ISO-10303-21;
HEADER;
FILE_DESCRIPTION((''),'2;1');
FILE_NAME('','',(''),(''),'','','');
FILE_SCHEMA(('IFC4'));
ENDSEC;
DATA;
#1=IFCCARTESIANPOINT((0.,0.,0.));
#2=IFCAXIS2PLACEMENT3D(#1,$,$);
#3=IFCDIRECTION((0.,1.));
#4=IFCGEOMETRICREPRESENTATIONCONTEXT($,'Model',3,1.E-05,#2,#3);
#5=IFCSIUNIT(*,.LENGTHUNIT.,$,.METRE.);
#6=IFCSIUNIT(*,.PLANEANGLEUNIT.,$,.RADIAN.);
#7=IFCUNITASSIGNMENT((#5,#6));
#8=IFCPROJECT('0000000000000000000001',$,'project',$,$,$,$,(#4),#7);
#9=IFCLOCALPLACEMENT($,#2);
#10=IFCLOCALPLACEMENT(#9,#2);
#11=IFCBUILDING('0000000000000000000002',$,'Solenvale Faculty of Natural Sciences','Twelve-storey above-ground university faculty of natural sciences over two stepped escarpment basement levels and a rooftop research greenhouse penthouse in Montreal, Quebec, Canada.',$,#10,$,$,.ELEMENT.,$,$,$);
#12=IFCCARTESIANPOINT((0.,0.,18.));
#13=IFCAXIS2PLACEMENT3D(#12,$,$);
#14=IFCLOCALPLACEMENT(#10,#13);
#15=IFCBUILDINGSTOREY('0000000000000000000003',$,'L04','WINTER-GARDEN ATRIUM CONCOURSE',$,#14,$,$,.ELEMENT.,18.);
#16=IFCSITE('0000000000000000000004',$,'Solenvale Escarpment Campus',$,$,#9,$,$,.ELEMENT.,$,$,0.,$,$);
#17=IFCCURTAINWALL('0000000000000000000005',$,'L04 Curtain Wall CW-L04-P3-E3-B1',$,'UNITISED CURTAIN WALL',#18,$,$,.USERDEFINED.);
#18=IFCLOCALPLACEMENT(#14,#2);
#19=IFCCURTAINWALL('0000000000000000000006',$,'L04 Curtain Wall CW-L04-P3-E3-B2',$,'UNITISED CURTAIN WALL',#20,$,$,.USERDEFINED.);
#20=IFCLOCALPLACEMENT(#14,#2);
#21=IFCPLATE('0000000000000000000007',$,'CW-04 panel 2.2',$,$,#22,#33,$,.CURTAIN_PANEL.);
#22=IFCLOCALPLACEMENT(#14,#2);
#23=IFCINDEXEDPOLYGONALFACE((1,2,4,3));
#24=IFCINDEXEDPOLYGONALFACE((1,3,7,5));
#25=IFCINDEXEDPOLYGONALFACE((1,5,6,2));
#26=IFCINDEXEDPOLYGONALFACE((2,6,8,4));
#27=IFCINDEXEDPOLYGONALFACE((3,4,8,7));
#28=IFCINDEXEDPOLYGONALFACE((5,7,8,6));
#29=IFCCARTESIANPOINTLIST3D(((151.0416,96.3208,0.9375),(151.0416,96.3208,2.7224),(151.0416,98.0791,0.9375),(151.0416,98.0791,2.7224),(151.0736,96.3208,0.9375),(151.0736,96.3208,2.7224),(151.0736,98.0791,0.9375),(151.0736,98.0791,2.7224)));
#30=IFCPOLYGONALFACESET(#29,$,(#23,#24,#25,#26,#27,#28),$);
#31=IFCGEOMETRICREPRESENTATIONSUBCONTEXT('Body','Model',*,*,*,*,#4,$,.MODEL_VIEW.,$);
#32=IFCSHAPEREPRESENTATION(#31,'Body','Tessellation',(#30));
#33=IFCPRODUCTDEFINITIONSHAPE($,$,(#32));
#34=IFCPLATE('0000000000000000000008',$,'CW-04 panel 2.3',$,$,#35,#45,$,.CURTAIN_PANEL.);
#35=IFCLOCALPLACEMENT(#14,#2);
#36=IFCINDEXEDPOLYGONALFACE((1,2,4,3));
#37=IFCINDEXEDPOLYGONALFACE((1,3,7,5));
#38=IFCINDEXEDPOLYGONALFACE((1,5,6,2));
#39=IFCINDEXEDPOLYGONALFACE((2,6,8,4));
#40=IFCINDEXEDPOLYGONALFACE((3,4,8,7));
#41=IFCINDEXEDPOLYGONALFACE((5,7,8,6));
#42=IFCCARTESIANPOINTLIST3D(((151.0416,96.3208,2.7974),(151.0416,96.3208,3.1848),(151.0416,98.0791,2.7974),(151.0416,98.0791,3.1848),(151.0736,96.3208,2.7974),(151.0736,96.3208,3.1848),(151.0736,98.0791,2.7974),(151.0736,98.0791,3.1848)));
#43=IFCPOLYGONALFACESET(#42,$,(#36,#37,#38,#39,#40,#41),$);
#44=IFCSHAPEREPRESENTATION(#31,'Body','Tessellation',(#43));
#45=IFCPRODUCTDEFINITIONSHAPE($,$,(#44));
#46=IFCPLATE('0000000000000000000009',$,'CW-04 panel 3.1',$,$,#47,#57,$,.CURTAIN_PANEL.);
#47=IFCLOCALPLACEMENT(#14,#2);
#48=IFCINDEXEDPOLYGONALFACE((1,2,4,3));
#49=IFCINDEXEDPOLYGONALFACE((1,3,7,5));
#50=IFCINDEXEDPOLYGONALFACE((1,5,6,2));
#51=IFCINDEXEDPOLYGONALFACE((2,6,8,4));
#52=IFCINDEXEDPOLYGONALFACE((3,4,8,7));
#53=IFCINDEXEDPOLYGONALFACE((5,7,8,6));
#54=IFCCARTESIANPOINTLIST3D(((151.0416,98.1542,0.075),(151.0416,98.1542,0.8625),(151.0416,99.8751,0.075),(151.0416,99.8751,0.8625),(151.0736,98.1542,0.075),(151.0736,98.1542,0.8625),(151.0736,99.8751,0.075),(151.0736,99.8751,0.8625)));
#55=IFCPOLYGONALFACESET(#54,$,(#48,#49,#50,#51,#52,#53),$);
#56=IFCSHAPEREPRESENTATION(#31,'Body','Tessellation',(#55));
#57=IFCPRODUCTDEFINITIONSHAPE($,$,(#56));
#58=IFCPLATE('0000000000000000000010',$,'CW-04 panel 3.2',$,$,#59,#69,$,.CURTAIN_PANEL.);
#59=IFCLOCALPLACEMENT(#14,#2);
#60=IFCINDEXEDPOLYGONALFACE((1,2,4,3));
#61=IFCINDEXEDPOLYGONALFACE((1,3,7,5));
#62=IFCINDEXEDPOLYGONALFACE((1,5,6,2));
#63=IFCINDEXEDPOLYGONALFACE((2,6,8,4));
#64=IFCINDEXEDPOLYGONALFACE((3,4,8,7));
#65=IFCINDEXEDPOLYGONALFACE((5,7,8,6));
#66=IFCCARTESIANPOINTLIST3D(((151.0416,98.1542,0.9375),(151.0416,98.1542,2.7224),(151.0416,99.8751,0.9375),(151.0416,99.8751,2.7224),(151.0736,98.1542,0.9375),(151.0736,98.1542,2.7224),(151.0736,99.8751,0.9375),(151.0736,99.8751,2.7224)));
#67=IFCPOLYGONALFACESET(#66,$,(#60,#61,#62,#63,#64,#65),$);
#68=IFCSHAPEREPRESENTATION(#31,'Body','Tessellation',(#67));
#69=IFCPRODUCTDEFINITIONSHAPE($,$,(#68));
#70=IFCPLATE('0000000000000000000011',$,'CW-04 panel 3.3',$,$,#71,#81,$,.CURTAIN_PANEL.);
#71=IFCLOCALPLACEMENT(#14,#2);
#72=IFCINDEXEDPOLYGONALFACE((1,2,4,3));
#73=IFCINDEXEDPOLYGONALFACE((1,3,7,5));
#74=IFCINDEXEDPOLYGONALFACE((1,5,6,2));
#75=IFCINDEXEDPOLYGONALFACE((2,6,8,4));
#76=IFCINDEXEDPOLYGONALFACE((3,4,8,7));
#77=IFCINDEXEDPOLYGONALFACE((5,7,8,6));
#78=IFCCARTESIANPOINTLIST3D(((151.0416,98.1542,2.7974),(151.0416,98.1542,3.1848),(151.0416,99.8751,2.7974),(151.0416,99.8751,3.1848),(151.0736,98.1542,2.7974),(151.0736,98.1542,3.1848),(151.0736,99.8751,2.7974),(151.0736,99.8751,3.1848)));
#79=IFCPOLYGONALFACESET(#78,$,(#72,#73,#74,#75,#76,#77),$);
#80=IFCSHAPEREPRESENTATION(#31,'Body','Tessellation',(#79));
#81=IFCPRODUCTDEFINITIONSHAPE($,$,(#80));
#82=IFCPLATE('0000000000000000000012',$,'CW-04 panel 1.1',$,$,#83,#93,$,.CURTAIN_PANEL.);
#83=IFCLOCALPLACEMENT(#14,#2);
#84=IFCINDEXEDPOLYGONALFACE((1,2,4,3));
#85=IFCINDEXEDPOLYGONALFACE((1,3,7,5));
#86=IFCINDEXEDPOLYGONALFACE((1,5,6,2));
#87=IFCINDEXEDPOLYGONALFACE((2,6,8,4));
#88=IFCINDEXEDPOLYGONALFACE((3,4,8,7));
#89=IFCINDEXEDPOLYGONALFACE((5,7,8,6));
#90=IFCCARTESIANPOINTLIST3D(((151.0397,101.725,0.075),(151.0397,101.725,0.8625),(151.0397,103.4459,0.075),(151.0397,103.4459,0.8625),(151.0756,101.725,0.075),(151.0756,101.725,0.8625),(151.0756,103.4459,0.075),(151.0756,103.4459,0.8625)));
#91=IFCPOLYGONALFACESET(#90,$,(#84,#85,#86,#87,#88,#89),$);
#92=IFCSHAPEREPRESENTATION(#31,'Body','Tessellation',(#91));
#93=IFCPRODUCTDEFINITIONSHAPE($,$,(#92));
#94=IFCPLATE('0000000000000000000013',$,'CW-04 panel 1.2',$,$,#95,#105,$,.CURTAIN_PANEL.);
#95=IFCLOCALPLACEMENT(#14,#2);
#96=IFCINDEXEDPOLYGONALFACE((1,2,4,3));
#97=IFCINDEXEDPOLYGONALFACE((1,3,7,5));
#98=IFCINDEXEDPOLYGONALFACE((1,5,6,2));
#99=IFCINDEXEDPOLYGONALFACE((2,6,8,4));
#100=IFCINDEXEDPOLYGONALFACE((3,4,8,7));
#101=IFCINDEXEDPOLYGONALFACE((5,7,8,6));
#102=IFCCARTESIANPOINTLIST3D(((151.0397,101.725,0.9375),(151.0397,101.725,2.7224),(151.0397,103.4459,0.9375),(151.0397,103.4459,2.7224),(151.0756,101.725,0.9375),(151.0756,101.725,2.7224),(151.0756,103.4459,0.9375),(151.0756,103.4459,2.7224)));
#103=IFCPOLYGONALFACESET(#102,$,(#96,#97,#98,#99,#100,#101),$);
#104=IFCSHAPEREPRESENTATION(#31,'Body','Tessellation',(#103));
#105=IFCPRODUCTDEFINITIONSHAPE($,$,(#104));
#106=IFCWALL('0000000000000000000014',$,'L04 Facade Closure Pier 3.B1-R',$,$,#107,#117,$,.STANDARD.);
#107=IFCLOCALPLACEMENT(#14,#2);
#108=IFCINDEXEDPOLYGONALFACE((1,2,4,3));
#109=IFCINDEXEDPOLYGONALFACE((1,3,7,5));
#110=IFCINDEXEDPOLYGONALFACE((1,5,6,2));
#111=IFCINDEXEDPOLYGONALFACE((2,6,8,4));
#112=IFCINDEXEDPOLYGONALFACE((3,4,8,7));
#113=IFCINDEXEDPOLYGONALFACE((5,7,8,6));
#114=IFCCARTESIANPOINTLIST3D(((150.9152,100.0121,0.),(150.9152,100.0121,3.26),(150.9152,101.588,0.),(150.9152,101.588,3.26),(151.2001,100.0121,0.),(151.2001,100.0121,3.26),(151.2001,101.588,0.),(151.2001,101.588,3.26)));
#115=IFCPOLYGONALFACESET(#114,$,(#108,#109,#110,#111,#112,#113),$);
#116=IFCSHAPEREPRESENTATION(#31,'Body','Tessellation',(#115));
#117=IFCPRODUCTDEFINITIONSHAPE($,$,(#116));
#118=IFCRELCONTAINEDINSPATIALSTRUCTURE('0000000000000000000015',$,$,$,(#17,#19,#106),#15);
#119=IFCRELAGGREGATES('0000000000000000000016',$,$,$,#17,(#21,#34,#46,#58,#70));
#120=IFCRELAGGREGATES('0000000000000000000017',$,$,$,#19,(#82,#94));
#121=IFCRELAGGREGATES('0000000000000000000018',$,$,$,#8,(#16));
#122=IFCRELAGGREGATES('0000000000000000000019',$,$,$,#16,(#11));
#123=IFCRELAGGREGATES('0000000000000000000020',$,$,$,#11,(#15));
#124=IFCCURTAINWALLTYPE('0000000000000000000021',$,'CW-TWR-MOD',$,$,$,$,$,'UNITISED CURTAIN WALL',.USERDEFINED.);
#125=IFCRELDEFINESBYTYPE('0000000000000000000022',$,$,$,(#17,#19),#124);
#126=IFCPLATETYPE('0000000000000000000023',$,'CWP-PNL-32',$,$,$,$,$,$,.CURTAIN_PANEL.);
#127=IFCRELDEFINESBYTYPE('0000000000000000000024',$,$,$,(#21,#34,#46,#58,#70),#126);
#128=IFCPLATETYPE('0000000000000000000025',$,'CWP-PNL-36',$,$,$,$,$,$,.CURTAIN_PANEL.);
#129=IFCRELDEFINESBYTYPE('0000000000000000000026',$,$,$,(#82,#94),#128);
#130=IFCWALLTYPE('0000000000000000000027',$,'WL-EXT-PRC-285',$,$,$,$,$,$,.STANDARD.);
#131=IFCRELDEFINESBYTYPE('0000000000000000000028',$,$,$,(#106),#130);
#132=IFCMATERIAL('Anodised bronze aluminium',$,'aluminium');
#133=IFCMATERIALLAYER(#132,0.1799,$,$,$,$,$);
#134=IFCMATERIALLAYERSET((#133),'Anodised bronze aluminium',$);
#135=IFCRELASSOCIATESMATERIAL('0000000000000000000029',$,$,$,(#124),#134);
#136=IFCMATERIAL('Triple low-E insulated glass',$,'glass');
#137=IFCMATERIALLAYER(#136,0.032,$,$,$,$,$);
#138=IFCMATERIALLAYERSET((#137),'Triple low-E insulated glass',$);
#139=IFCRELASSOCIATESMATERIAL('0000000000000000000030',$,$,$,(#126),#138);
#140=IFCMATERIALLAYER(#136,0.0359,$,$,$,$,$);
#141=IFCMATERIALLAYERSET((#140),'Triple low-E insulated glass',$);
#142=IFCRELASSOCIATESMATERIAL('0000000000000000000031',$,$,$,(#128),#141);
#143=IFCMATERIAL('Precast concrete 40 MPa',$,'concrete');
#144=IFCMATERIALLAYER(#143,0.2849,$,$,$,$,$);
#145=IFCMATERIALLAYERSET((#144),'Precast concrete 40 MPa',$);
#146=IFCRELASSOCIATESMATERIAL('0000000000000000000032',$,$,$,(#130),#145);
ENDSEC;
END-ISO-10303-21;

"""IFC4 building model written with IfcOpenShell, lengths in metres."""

from ifc_helpers import new_model, si_unit, direction, frame, frame_2d, origin, origin_2d, place, context, subcontext, project, spatial, rectangle, extrude, material, layer, layer_set, type_object, element, aggregate, save


model = new_model("IFC4")

# Units and contexts
model_context = context("Model", 3, precision=1e-05, world=origin(), true_north=direction((0.0, 1.0)))
body_context = subcontext(model_context, "Body", "Model", "MODEL_VIEW")
ifc_project = project(units=[si_unit("LENGTHUNIT", "METRE"), si_unit("PLANEANGLEUNIT", "RADIAN")], contexts=[model_context])

# Site, building, storey
site_placement = place(None, origin())
site = spatial("IfcSite", under=ifc_project, at=site_placement, Name="Solenvale Escarpment Campus", CompositionType="ELEMENT", RefElevation=0.0)
building_placement = place(site_placement, origin())
building = spatial("IfcBuilding", under=site, at=building_placement, Name="Solenvale Faculty of Natural Sciences", Description="Twelve-storey above-ground university faculty of natural sciences over two stepped escarpment basement levels and a rooftop research greenhouse penthouse in Montreal, Quebec, Canada.", CompositionType="ELEMENT")
storey_placement = place(building_placement, frame((0.0, 0.0, 18.0)))
storey = spatial("IfcBuildingStorey", under=building, at=storey_placement, Name="L04", Description="WINTER-GARDEN ATRIUM CONCOURSE", CompositionType="ELEMENT", Elevation=18.0)

# Curtain wall
ifc_material_1 = material(Name="Anodised bronze aluminium", Category="aluminium")
ifc_layer_1 = layer(ifc_material_1, 0.1799)
ifc_layer_set_1 = layer_set([ifc_layer_1], Name="Anodised bronze aluminium")
curtain_wall_type = type_object("IfcCurtainWallType", Name="CW-TWR-MOD", ElementType="UNITISED CURTAIN WALL", PredefinedType="USERDEFINED", material=ifc_layer_set_1)
curtain_wall_1_placement = place(storey_placement, origin())
curtain_wall_1 = element("IfcCurtainWall", 1, at=curtain_wall_1_placement, inside=storey, type_object=curtain_wall_type, Name="L04 Curtain Wall CW-L04-P3-E3-B1", ObjectType="UNITISED CURTAIN WALL", PredefinedType="USERDEFINED")

# Curtain wall
curtain_wall_2_placement = place(storey_placement, origin())
curtain_wall_2 = element("IfcCurtainWall", 2, at=curtain_wall_2_placement, inside=storey, type_object=curtain_wall_type, Name="L04 Curtain Wall CW-L04-P3-E3-B2", ObjectType="UNITISED CURTAIN WALL", PredefinedType="USERDEFINED")

# Plates
ifc_material_2 = material(Name="Triple low-E insulated glass", Category="glass")
ifc_layer_2 = layer(ifc_material_2, 0.032)
ifc_layer_set_2 = layer_set([ifc_layer_2], Name="Triple low-E insulated glass")
plate_type_1 = type_object("IfcPlateType", Name="CWP-PNL-32", PredefinedType="CURTAIN_PANEL", material=ifc_layer_set_2)
plate_1_placement = place(storey_placement, frame((151.0576, 97.2, 0.9375), z_axis=(0.0, 0.0, 1.0), x_axis=(0.0, 1.0, 0.0)))
plate_1 = element("IfcPlate", 3, at=plate_1_placement, type_object=plate_type_1, Name="CW-04 panel 2.2", PredefinedType="CURTAIN_PANEL", context=body_context, shape_type="SweptSolid", body=[
    extrude(rectangle(XDim=1.7583, YDim=0.032, at=origin_2d()), origin(), (0.0, 0.0, 1.0), 1.7849),
])
plate_2_placement = place(storey_placement, frame((151.0576, 97.2, 2.7974), z_axis=(0.0, 0.0, 1.0), x_axis=(0.0, 1.0, 0.0)))
plate_2 = element("IfcPlate", 4, at=plate_2_placement, type_object=plate_type_1, Name="CW-04 panel 2.3", PredefinedType="CURTAIN_PANEL", context=body_context, shape_type="SweptSolid", body=[
    extrude(rectangle(XDim=1.7583, YDim=0.032, at=origin_2d()), origin(), (0.0, 0.0, 1.0), 0.3875),
])
plate_3_placement = place(storey_placement, frame((151.0576, 99.0146, 0.075), z_axis=(0.0, 0.0, 1.0), x_axis=(0.0, 1.0, 0.0)))
plate_3 = element("IfcPlate", 5, at=plate_3_placement, type_object=plate_type_1, Name="CW-04 panel 3.1", PredefinedType="CURTAIN_PANEL", context=body_context, shape_type="SweptSolid", body=[
    extrude(rectangle(XDim=1.7209, YDim=0.032, at=origin_2d()), origin(), (0.0, 0.0, 1.0), 0.7876),
])
plate_4_placement = place(storey_placement, frame((151.0576, 99.0146, 0.9375), z_axis=(0.0, 0.0, 1.0), x_axis=(0.0, 1.0, 0.0)))
plate_4 = element("IfcPlate", 6, at=plate_4_placement, type_object=plate_type_1, Name="CW-04 panel 3.2", PredefinedType="CURTAIN_PANEL", context=body_context, shape_type="SweptSolid", body=[
    extrude(rectangle(XDim=1.7209, YDim=0.032, at=origin_2d()), origin(), (0.0, 0.0, 1.0), 1.7849),
])
plate_5_placement = place(storey_placement, frame((151.0576, 99.0146, 2.7974), z_axis=(0.0, 0.0, 1.0), x_axis=(0.0, 1.0, 0.0)))
plate_5 = element("IfcPlate", 7, at=plate_5_placement, type_object=plate_type_1, Name="CW-04 panel 3.3", PredefinedType="CURTAIN_PANEL", context=body_context, shape_type="SweptSolid", body=[
    extrude(rectangle(XDim=1.7209, YDim=0.032, at=origin_2d()), origin(), (0.0, 0.0, 1.0), 0.3875),
])
aggregate(curtain_wall_1, [plate_1, plate_2, plate_3, plate_4, plate_5])
ifc_layer_3 = layer(ifc_material_2, 0.0359)
ifc_layer_set_3 = layer_set([ifc_layer_3], Name="Triple low-E insulated glass")
plate_type_2 = type_object("IfcPlateType", Name="CWP-PNL-36", PredefinedType="CURTAIN_PANEL", material=ifc_layer_set_3)
plate_6_placement = place(storey_placement, frame((151.0576, 102.5854, 0.075), z_axis=(0.0, 0.0, 1.0), x_axis=(0.0, 1.0, 0.0)))
plate_6 = element("IfcPlate", 8, at=plate_6_placement, type_object=plate_type_2, Name="CW-04 panel 1.1", PredefinedType="CURTAIN_PANEL", context=body_context, shape_type="SweptSolid", body=[
    extrude(rectangle(XDim=1.7209, YDim=0.0359, at=origin_2d()), origin(), (0.0, 0.0, 1.0), 0.7876),
])
plate_7_placement = place(storey_placement, frame((151.0576, 102.5854, 0.9375), z_axis=(0.0, 0.0, 1.0), x_axis=(0.0, 1.0, 0.0)))
plate_7 = element("IfcPlate", 9, at=plate_7_placement, type_object=plate_type_2, Name="CW-04 panel 1.2", PredefinedType="CURTAIN_PANEL", context=body_context, shape_type="SweptSolid", body=[
    extrude(rectangle(XDim=1.7209, YDim=0.0359, at=origin_2d()), origin(), (0.0, 0.0, 1.0), 1.7849),
])
aggregate(curtain_wall_2, [plate_6, plate_7])

# Wall
ifc_material_3 = material(Name="Precast concrete 40 MPa", Category="concrete")
ifc_layer_4 = layer(ifc_material_3, 0.2849)
ifc_layer_set_4 = layer_set([ifc_layer_4], Name="Precast concrete 40 MPa")
wall_type_1 = type_object("IfcWallType", Name="WL-EXT-PRC-285", PredefinedType="STANDARD", material=ifc_layer_set_4)
wall_1_placement = place(storey_placement, frame((151.0576, 100.012, 0.0), z_axis=(0.0, 0.0, 1.0), x_axis=(0.0, 1.0, 0.0)))
element("IfcWall", 10, at=wall_1_placement, inside=storey, type_object=wall_type_1, Name="L04 Facade Closure Pier 3.B1-R", PredefinedType="STANDARD", context=body_context, shape_type="SweptSolid", body=[
    extrude(rectangle(XDim=1.5759, YDim=0.2849, at=frame_2d((0.7881, 0.0))), origin(), (0.0, 0.0, 1.0), 3.26),
])

save(model, "model.ifc")
